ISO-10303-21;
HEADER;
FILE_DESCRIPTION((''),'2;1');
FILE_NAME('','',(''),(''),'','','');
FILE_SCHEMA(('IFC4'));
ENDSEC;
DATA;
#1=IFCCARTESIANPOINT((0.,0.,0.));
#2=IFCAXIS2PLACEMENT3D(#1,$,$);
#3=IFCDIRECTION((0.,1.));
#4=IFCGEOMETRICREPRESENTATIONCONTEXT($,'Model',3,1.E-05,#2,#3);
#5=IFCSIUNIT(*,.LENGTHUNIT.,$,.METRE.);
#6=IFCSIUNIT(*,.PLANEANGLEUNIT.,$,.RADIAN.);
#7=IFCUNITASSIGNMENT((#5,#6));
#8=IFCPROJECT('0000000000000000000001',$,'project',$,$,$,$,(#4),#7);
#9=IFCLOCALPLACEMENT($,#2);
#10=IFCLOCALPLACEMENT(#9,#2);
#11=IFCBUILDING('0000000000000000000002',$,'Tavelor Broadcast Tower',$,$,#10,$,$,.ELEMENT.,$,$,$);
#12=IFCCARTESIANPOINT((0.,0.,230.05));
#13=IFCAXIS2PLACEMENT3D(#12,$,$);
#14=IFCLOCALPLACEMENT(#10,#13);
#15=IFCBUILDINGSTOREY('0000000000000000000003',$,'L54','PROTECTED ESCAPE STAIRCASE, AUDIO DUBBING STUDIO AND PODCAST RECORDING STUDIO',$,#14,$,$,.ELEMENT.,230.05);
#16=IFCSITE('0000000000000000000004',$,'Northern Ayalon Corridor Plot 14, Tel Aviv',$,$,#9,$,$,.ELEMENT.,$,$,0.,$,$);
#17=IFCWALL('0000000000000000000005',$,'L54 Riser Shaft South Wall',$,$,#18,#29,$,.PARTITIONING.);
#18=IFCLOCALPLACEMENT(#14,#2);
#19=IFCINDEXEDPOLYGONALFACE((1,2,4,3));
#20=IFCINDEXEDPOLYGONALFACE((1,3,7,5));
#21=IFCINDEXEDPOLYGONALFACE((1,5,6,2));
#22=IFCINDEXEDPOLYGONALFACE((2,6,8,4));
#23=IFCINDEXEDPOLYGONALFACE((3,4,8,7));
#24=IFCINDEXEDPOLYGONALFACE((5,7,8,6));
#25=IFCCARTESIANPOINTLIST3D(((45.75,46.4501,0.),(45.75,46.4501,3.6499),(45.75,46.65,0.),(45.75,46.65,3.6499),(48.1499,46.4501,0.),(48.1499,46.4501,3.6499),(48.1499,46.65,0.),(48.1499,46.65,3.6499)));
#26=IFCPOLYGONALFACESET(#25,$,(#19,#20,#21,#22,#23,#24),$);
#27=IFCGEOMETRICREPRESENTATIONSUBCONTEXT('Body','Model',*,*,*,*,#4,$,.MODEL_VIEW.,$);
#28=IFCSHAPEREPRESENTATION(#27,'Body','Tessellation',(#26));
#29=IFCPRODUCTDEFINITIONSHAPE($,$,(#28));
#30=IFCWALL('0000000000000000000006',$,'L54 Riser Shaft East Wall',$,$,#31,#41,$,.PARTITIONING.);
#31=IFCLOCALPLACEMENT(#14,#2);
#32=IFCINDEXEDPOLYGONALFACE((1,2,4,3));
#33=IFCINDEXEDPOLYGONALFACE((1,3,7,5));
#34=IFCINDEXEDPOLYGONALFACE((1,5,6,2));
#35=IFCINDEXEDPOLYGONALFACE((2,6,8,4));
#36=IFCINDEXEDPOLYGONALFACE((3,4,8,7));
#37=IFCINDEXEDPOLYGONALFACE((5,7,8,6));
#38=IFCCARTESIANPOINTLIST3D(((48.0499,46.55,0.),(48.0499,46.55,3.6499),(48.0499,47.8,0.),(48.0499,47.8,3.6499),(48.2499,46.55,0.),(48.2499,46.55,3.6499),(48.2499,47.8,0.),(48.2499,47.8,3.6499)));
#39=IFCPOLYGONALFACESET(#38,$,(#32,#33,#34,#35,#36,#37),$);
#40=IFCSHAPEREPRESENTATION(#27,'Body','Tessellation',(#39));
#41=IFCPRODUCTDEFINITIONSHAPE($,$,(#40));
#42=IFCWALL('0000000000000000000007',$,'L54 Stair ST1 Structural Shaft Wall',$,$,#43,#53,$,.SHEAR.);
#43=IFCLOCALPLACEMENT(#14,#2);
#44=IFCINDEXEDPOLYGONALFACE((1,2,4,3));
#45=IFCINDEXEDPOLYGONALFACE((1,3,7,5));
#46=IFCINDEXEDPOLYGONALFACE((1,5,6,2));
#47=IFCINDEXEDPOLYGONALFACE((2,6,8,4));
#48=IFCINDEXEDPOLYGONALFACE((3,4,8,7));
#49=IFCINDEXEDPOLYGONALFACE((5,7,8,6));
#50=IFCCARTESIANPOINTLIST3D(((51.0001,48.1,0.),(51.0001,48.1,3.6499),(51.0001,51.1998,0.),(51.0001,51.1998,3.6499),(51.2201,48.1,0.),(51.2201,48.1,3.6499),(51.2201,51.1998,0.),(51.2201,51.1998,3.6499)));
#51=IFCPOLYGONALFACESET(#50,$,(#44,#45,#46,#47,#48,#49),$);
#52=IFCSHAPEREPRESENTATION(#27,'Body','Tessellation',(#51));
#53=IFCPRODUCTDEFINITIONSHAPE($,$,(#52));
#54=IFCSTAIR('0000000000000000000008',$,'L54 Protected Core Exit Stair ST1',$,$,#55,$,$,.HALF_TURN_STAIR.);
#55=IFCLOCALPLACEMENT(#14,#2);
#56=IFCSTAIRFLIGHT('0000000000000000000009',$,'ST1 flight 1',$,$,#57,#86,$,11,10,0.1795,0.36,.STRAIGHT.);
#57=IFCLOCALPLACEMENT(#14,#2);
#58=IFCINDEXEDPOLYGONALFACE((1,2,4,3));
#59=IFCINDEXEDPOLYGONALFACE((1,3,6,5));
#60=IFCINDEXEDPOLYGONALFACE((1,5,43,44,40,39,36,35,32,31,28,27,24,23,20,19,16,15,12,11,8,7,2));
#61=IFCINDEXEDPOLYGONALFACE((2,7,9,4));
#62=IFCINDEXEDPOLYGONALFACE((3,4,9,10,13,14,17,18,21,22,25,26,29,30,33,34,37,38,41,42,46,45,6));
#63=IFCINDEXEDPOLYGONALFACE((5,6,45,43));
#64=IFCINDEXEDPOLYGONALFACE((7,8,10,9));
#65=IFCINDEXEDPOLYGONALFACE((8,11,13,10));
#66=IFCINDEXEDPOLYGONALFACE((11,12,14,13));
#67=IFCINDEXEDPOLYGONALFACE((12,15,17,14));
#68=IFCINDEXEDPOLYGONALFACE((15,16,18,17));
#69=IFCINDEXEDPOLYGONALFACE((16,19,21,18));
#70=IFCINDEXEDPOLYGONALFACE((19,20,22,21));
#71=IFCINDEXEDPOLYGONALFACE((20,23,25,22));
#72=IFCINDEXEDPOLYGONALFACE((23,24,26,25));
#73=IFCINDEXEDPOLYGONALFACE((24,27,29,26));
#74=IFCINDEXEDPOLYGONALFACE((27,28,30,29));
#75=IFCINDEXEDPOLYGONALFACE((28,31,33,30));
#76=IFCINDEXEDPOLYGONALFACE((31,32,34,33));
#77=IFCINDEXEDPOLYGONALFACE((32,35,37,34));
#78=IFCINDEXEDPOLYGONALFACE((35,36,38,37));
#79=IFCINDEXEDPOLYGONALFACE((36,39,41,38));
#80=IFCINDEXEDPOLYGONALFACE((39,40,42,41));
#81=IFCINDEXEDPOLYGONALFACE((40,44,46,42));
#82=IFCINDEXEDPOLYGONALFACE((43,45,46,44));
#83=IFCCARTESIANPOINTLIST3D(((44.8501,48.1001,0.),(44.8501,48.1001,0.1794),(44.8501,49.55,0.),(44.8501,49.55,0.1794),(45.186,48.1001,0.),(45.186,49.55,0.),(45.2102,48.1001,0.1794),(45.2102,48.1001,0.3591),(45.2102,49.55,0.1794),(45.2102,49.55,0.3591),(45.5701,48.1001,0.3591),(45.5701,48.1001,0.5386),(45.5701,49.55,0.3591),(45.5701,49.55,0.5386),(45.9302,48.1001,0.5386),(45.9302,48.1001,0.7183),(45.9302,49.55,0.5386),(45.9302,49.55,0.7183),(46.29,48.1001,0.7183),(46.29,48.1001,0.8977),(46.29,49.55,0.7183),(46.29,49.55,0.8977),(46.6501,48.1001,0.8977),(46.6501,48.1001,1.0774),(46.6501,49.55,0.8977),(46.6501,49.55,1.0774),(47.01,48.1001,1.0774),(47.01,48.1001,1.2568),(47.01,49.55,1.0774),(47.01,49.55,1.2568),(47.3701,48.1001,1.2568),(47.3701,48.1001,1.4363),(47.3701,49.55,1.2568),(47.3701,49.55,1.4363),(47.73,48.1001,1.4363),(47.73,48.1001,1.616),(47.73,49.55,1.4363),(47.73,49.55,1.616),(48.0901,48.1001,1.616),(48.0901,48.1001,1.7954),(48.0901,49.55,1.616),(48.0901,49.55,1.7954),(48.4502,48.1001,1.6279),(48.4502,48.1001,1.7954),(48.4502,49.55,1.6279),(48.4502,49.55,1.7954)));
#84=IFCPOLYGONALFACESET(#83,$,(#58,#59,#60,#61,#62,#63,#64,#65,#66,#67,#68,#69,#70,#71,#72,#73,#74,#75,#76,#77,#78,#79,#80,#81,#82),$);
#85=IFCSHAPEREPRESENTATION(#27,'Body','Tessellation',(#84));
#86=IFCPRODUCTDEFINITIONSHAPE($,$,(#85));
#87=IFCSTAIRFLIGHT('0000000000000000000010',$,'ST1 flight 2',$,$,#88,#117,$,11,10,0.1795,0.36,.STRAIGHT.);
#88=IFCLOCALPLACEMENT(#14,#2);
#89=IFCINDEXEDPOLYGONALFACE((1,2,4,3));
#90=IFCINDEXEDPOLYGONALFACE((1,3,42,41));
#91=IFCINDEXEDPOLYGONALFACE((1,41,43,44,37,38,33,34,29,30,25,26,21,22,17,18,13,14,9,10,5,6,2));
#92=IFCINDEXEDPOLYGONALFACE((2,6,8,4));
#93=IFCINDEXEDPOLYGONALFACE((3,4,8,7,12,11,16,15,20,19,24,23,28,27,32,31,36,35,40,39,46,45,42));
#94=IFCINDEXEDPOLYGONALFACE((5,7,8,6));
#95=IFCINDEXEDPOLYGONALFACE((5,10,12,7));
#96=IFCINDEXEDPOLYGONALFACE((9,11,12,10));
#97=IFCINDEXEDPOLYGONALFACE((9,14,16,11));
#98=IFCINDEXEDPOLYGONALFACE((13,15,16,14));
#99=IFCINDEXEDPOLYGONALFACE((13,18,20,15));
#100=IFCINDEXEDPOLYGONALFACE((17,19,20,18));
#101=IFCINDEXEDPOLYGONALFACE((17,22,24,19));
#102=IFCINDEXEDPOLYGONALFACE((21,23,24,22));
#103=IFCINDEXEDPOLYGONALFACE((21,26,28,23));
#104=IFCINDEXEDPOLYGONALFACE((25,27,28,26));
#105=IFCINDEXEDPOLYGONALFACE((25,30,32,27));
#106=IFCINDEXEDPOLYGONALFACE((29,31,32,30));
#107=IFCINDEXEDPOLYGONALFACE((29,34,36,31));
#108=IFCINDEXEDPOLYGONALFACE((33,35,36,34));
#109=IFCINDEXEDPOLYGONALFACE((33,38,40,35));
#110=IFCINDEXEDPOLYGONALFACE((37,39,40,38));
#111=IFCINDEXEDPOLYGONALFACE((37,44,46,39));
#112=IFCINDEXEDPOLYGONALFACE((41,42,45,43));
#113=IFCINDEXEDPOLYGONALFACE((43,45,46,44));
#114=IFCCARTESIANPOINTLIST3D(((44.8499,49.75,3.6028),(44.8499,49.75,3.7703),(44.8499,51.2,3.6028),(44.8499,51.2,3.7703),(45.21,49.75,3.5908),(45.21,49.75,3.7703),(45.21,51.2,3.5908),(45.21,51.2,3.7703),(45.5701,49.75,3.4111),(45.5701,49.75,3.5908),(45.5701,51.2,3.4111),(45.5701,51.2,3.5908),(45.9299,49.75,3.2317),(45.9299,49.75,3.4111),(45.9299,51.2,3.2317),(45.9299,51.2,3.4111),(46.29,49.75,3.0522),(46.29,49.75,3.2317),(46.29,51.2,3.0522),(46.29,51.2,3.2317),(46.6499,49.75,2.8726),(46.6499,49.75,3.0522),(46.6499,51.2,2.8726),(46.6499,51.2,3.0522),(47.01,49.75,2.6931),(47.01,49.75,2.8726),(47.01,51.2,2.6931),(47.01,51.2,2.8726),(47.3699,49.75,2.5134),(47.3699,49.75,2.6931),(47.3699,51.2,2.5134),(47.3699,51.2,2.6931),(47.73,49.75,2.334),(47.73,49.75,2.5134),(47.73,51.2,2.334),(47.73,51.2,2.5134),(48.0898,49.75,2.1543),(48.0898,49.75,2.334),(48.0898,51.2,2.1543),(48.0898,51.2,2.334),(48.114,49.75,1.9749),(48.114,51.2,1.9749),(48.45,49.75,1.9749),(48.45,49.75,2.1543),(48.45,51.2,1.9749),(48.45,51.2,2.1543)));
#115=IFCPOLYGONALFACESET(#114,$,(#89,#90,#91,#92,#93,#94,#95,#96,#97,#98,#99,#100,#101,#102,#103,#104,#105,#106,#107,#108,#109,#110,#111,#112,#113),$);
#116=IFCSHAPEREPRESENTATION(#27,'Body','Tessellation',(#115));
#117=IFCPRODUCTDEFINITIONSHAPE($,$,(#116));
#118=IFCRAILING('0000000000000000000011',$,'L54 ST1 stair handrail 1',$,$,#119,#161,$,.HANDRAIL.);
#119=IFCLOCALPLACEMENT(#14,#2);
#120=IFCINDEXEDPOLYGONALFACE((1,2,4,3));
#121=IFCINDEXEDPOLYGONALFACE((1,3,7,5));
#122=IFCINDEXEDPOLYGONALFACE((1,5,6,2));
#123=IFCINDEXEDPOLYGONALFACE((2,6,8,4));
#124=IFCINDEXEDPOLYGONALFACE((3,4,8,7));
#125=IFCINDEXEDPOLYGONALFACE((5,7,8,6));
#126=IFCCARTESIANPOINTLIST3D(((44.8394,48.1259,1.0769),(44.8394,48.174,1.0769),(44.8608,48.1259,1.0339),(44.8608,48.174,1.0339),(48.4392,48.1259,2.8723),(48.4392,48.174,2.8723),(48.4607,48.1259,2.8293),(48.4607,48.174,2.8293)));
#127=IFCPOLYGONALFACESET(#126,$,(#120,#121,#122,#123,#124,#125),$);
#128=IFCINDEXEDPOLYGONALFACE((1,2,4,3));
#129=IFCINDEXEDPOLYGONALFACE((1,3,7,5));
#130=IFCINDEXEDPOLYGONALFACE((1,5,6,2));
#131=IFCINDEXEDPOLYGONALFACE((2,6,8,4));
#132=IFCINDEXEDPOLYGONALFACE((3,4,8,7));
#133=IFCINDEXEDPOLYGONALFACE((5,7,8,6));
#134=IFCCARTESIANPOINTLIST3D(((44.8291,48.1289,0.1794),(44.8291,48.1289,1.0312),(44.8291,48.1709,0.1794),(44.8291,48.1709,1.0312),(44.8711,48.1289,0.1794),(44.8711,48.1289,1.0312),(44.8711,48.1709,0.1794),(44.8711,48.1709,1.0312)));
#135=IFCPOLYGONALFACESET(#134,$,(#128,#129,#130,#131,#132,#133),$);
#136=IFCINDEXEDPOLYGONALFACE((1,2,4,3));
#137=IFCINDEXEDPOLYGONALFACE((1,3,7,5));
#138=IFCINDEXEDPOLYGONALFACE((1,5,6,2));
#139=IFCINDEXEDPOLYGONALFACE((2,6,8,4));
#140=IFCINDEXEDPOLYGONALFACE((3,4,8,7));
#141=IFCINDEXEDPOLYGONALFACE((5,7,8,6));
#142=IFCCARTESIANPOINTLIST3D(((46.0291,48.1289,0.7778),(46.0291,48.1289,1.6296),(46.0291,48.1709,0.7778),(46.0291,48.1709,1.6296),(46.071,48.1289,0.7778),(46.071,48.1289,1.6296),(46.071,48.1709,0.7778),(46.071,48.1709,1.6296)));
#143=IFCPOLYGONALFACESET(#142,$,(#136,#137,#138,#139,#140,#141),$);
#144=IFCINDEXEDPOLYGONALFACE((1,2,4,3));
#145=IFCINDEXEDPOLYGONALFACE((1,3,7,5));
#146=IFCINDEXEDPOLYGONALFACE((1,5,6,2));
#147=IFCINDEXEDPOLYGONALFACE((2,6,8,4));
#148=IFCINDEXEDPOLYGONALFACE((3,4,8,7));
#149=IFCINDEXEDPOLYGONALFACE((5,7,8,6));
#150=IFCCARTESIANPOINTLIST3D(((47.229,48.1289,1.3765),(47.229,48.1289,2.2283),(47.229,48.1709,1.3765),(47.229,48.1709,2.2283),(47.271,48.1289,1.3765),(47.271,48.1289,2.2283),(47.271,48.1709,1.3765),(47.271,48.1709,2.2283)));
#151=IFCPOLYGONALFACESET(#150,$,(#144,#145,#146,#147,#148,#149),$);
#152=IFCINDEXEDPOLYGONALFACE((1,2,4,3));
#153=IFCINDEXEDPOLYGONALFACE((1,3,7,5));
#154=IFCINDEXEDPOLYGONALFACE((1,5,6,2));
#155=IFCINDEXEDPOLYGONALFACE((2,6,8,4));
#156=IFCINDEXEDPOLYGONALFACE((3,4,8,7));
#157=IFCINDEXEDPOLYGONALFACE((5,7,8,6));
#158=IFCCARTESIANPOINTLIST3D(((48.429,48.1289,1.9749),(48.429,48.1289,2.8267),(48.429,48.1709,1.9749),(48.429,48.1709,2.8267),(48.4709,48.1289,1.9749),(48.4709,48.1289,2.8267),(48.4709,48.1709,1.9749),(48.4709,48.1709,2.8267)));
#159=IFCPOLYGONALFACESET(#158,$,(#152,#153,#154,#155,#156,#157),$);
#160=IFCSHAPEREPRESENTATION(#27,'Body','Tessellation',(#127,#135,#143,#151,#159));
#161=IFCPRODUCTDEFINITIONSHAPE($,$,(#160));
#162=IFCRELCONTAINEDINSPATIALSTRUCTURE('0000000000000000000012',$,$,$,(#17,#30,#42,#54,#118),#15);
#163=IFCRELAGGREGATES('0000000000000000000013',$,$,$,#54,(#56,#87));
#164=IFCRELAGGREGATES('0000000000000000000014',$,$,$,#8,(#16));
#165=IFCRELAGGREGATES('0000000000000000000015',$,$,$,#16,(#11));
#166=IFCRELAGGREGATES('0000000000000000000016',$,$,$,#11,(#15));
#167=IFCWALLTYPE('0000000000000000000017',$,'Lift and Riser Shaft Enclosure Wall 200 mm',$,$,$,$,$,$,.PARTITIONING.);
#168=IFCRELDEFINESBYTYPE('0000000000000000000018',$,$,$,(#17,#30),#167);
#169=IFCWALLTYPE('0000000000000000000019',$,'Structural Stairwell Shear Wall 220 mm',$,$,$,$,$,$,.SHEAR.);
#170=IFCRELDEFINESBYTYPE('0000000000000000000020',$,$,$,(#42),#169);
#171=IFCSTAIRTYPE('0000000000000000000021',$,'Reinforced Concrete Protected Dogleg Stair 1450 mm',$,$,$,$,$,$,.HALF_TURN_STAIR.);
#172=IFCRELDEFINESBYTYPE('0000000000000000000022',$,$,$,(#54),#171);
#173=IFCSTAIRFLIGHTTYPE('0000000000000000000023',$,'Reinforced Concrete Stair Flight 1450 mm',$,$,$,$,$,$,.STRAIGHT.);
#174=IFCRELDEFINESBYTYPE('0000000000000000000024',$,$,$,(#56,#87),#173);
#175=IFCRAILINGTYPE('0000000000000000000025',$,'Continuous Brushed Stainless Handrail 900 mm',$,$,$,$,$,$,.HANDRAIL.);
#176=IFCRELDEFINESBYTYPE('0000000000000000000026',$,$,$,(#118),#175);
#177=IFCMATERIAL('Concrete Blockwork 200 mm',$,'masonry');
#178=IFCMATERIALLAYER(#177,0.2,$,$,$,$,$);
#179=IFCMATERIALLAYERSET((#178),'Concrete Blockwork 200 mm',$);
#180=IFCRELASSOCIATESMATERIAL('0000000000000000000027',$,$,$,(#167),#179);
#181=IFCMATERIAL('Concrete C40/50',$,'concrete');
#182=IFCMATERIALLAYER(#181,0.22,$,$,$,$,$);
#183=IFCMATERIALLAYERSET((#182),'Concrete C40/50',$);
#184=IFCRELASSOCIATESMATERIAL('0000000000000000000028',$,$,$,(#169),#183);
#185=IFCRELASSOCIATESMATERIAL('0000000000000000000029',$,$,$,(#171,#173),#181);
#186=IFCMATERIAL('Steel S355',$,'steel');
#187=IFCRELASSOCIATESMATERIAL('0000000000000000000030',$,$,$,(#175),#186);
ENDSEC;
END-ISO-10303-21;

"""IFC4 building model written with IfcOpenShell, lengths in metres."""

from ifc_helpers import new_model, si_unit, direction, frame, frame_2d, origin, origin_2d, place, context, subcontext, project, spatial, polyline, rectangle, outline, extrude, material, layer, layer_set, type_object, element, aggregate, save


model = new_model("IFC4")

# Units and contexts
model_context = context("Model", 3, precision=1e-05, world=origin(), true_north=direction((0.0, 1.0)))
body_context = subcontext(model_context, "Body", "Model", "MODEL_VIEW")
ifc_project = project(units=[si_unit("LENGTHUNIT", "METRE"), si_unit("PLANEANGLEUNIT", "RADIAN")], contexts=[model_context])

# Site, building, storey
site_placement = place(None, origin())
site = spatial("IfcSite", under=ifc_project, at=site_placement, Name="Northern Ayalon Corridor Plot 14, Tel Aviv", CompositionType="ELEMENT", RefElevation=0.0)
building_placement = place(site_placement, origin())
building = spatial("IfcBuilding", under=site, at=building_placement, Name="Tavelor Broadcast Tower", CompositionType="ELEMENT")
storey_placement = place(building_placement, frame((0.0, 0.0, 230.05)))
storey = spatial("IfcBuildingStorey", under=building, at=storey_placement, Name="L54", Description="PROTECTED ESCAPE STAIRCASE, AUDIO DUBBING STUDIO AND PODCAST RECORDING STUDIO", CompositionType="ELEMENT", Elevation=230.05)

# Shared definitions
ifc_material_1 = material(Name="Steel S355", Category="steel")

# Shared definitions
ifc_material_2 = material(Name="Concrete Blockwork 200 mm", Category="masonry")

# Walls
ifc_layer_1 = layer(ifc_material_2, 0.2)
ifc_layer_set_1 = layer_set([ifc_layer_1], Name="Concrete Blockwork 200 mm")
wall_type_1 = type_object("IfcWallType", Name="Lift and Riser Shaft Enclosure Wall 200 mm", PredefinedType="PARTITIONING", material=ifc_layer_set_1)
wall_1_placement = place(storey_placement, frame((45.75, 46.55, 0.0), z_axis=(0.0, 0.0, 1.0), x_axis=(1.0, 0.0, 0.0)))
element("IfcWall", 1, at=wall_1_placement, inside=storey, type_object=wall_type_1, Name="L54 Riser Shaft South Wall", PredefinedType="PARTITIONING", context=body_context, shape_type="SweptSolid", body=[
    extrude(rectangle(XDim=2.3999, YDim=0.2, at=frame_2d((1.2, 0.0))), origin(), (0.0, 0.0, 1.0), 3.6499),
])
wall_2_placement = place(storey_placement, frame((48.1499, 46.55, 0.0), z_axis=(0.0, 0.0, 1.0), x_axis=(0.0, 1.0, 0.0)))
element("IfcWall", 2, at=wall_2_placement, inside=storey, type_object=wall_type_1, Name="L54 Riser Shaft East Wall", PredefinedType="PARTITIONING", context=body_context, shape_type="SweptSolid", body=[
    extrude(rectangle(XDim=1.25, YDim=0.2, at=frame_2d((0.625, 0.0))), origin(), (0.0, 0.0, 1.0), 3.6499),
])
ifc_material_3 = material(Name="Concrete C40/50", Category="concrete")
ifc_layer_2 = layer(ifc_material_3, 0.22)
ifc_layer_set_2 = layer_set([ifc_layer_2], Name="Concrete C40/50")
wall_type_2 = type_object("IfcWallType", Name="Structural Stairwell Shear Wall 220 mm", PredefinedType="SHEAR", material=ifc_layer_set_2)
wall_3_placement = place(storey_placement, frame((51.1101, 48.1001, 0.0), z_axis=(0.0, 0.0, 1.0), x_axis=(0.0, 1.0, 0.0)))
element("IfcWall", 3, at=wall_3_placement, inside=storey, type_object=wall_type_2, Name="L54 Stair ST1 Structural Shaft Wall", PredefinedType="SHEAR", context=body_context, shape_type="SweptSolid", body=[
    extrude(rectangle(XDim=3.0999, YDim=0.22, at=frame_2d((1.5498, 0.0))), origin(), (0.0, 0.0, 1.0), 3.6499),
])

# Stair, stair flights
stair_type = type_object("IfcStairType", Name="Reinforced Concrete Protected Dogleg Stair 1450 mm", PredefinedType="HALF_TURN_STAIR", material=ifc_material_3)
stair_placement = place(storey_placement, origin())
stair = element("IfcStair", 4, at=stair_placement, inside=storey, type_object=stair_type, Name="L54 Protected Core Exit Stair ST1", PredefinedType="HALF_TURN_STAIR")
stair_flight_type = type_object("IfcStairFlightType", Name="Reinforced Concrete Stair Flight 1450 mm", PredefinedType="STRAIGHT", material=ifc_material_3)
stair_flight_1_placement = place(storey_placement, frame((44.8501, 48.825, 0.0), z_axis=(0.0, 0.0, 1.0), x_axis=(1.0, 0.0, 0.0)))
stair_flight_1 = element("IfcStairFlight", 5, at=stair_flight_1_placement, type_object=stair_flight_type, Name="ST1 flight 1", NumberOfRisers=11, NumberOfTreads=10, PredefinedType="STRAIGHT", RiserHeight=0.1795, TreadLength=0.36, context=body_context, shape_type="SweptSolid", body=[
    extrude(outline(polyline([(0.0, 0.0), (0.0, 0.1794), (0.3601, 0.1794), (0.3601, 0.3591), (0.72, 0.3591), (0.72, 0.5386), (1.0801, 0.5386), (1.0801, 0.7183), (1.4399, 0.7183), (1.4399, 0.8977), (1.8, 0.8977), (1.8, 1.0774), (2.1599, 1.0774), (2.1599, 1.2568), (2.52, 1.2568), (2.52, 1.4363), (2.8799, 1.4363), (2.8799, 1.616), (3.24, 1.616), (3.24, 1.7954), (3.6001, 1.7954), (3.6001, 1.9751), (3.6001, 1.6279), (0.3359, 0.0), (0.0, 0.0)])), frame((0.0, 0.7251, 0.0), z_axis=(0.0, -1.0, 0.0), x_axis=(1.0, 0.0, 0.0)), (0.0, 0.0, 1.0), 1.45),
])
stair_flight_2_placement = place(storey_placement, frame((48.45, 50.4751, 1.9749), z_axis=(0.0, 0.0, 1.0), x_axis=(-1.0, 0.0, 0.0)))
stair_flight_2 = element("IfcStairFlight", 6, at=stair_flight_2_placement, type_object=stair_flight_type, Name="ST1 flight 2", NumberOfRisers=11, NumberOfTreads=10, PredefinedType="STRAIGHT", RiserHeight=0.1795, TreadLength=0.36, context=body_context, shape_type="SweptSolid", body=[
    extrude(outline(polyline([(0.0, 0.0), (0.0, 0.1794), (0.3601, 0.1794), (0.3601, 0.3591), (0.72, 0.3591), (0.72, 0.5386), (1.0801, 0.5386), (1.0801, 0.7183), (1.4399, 0.7183), (1.4399, 0.8977), (1.8, 0.8977), (1.8, 1.0774), (2.1599, 1.0774), (2.1599, 1.2568), (2.52, 1.2568), (2.52, 1.4363), (2.8799, 1.4363), (2.8799, 1.616), (3.24, 1.616), (3.24, 1.7954), (3.6001, 1.7954), (3.6001, 1.9751), (3.6001, 1.6279), (0.3359, 0.0), (0.0, 0.0)])), frame((0.0, 0.7251, 0.0), z_axis=(0.0, -1.0, 0.0), x_axis=(1.0, 0.0, 0.0)), (0.0, 0.0, 1.0), 1.45),
])
aggregate(stair, [stair_flight_1, stair_flight_2])

# Railing
railing_type_1 = type_object("IfcRailingType", Name="Continuous Brushed Stainless Handrail 900 mm", PredefinedType="HANDRAIL", material=ifc_material_1)
railing_1_placement = place(storey_placement, frame((44.8501, 48.1499, 0.1794)))
element("IfcRailing", 7, at=railing_1_placement, inside=storey, type_object=railing_type_1, Name="L54 ST1 stair handrail 1", PredefinedType="HANDRAIL", context=body_context, shape_type="SweptSolid", body=[
    extrude(rectangle(XDim=0.0481, YDim=0.0481, at=origin_2d()), frame((0.0, 0.0, 0.876), z_axis=(0.894876, 0.0, 0.446315), x_axis=(0.0, 1.0, 0.0)), (0.0, 0.0, 1.0), 4.0227),
    extrude(rectangle(XDim=0.042, YDim=0.042, at=origin_2d()), origin(), (0.0, 0.0, 1.0), 0.8518),
    extrude(rectangle(XDim=0.042, YDim=0.042, at=origin_2d()), frame((1.2, 0.0, 0.5984)), (0.0, 0.0, 1.0), 0.8518),
    extrude(rectangle(XDim=0.042, YDim=0.042, at=origin_2d()), frame((2.3999, 0.0, 1.197)), (0.0, 0.0, 1.0), 0.8518),
    extrude(rectangle(XDim=0.042, YDim=0.042, at=origin_2d()), frame((3.5999, 0.0, 1.7954)), (0.0, 0.0, 1.0), 0.8518),
])

save(model, "model.ifc")
